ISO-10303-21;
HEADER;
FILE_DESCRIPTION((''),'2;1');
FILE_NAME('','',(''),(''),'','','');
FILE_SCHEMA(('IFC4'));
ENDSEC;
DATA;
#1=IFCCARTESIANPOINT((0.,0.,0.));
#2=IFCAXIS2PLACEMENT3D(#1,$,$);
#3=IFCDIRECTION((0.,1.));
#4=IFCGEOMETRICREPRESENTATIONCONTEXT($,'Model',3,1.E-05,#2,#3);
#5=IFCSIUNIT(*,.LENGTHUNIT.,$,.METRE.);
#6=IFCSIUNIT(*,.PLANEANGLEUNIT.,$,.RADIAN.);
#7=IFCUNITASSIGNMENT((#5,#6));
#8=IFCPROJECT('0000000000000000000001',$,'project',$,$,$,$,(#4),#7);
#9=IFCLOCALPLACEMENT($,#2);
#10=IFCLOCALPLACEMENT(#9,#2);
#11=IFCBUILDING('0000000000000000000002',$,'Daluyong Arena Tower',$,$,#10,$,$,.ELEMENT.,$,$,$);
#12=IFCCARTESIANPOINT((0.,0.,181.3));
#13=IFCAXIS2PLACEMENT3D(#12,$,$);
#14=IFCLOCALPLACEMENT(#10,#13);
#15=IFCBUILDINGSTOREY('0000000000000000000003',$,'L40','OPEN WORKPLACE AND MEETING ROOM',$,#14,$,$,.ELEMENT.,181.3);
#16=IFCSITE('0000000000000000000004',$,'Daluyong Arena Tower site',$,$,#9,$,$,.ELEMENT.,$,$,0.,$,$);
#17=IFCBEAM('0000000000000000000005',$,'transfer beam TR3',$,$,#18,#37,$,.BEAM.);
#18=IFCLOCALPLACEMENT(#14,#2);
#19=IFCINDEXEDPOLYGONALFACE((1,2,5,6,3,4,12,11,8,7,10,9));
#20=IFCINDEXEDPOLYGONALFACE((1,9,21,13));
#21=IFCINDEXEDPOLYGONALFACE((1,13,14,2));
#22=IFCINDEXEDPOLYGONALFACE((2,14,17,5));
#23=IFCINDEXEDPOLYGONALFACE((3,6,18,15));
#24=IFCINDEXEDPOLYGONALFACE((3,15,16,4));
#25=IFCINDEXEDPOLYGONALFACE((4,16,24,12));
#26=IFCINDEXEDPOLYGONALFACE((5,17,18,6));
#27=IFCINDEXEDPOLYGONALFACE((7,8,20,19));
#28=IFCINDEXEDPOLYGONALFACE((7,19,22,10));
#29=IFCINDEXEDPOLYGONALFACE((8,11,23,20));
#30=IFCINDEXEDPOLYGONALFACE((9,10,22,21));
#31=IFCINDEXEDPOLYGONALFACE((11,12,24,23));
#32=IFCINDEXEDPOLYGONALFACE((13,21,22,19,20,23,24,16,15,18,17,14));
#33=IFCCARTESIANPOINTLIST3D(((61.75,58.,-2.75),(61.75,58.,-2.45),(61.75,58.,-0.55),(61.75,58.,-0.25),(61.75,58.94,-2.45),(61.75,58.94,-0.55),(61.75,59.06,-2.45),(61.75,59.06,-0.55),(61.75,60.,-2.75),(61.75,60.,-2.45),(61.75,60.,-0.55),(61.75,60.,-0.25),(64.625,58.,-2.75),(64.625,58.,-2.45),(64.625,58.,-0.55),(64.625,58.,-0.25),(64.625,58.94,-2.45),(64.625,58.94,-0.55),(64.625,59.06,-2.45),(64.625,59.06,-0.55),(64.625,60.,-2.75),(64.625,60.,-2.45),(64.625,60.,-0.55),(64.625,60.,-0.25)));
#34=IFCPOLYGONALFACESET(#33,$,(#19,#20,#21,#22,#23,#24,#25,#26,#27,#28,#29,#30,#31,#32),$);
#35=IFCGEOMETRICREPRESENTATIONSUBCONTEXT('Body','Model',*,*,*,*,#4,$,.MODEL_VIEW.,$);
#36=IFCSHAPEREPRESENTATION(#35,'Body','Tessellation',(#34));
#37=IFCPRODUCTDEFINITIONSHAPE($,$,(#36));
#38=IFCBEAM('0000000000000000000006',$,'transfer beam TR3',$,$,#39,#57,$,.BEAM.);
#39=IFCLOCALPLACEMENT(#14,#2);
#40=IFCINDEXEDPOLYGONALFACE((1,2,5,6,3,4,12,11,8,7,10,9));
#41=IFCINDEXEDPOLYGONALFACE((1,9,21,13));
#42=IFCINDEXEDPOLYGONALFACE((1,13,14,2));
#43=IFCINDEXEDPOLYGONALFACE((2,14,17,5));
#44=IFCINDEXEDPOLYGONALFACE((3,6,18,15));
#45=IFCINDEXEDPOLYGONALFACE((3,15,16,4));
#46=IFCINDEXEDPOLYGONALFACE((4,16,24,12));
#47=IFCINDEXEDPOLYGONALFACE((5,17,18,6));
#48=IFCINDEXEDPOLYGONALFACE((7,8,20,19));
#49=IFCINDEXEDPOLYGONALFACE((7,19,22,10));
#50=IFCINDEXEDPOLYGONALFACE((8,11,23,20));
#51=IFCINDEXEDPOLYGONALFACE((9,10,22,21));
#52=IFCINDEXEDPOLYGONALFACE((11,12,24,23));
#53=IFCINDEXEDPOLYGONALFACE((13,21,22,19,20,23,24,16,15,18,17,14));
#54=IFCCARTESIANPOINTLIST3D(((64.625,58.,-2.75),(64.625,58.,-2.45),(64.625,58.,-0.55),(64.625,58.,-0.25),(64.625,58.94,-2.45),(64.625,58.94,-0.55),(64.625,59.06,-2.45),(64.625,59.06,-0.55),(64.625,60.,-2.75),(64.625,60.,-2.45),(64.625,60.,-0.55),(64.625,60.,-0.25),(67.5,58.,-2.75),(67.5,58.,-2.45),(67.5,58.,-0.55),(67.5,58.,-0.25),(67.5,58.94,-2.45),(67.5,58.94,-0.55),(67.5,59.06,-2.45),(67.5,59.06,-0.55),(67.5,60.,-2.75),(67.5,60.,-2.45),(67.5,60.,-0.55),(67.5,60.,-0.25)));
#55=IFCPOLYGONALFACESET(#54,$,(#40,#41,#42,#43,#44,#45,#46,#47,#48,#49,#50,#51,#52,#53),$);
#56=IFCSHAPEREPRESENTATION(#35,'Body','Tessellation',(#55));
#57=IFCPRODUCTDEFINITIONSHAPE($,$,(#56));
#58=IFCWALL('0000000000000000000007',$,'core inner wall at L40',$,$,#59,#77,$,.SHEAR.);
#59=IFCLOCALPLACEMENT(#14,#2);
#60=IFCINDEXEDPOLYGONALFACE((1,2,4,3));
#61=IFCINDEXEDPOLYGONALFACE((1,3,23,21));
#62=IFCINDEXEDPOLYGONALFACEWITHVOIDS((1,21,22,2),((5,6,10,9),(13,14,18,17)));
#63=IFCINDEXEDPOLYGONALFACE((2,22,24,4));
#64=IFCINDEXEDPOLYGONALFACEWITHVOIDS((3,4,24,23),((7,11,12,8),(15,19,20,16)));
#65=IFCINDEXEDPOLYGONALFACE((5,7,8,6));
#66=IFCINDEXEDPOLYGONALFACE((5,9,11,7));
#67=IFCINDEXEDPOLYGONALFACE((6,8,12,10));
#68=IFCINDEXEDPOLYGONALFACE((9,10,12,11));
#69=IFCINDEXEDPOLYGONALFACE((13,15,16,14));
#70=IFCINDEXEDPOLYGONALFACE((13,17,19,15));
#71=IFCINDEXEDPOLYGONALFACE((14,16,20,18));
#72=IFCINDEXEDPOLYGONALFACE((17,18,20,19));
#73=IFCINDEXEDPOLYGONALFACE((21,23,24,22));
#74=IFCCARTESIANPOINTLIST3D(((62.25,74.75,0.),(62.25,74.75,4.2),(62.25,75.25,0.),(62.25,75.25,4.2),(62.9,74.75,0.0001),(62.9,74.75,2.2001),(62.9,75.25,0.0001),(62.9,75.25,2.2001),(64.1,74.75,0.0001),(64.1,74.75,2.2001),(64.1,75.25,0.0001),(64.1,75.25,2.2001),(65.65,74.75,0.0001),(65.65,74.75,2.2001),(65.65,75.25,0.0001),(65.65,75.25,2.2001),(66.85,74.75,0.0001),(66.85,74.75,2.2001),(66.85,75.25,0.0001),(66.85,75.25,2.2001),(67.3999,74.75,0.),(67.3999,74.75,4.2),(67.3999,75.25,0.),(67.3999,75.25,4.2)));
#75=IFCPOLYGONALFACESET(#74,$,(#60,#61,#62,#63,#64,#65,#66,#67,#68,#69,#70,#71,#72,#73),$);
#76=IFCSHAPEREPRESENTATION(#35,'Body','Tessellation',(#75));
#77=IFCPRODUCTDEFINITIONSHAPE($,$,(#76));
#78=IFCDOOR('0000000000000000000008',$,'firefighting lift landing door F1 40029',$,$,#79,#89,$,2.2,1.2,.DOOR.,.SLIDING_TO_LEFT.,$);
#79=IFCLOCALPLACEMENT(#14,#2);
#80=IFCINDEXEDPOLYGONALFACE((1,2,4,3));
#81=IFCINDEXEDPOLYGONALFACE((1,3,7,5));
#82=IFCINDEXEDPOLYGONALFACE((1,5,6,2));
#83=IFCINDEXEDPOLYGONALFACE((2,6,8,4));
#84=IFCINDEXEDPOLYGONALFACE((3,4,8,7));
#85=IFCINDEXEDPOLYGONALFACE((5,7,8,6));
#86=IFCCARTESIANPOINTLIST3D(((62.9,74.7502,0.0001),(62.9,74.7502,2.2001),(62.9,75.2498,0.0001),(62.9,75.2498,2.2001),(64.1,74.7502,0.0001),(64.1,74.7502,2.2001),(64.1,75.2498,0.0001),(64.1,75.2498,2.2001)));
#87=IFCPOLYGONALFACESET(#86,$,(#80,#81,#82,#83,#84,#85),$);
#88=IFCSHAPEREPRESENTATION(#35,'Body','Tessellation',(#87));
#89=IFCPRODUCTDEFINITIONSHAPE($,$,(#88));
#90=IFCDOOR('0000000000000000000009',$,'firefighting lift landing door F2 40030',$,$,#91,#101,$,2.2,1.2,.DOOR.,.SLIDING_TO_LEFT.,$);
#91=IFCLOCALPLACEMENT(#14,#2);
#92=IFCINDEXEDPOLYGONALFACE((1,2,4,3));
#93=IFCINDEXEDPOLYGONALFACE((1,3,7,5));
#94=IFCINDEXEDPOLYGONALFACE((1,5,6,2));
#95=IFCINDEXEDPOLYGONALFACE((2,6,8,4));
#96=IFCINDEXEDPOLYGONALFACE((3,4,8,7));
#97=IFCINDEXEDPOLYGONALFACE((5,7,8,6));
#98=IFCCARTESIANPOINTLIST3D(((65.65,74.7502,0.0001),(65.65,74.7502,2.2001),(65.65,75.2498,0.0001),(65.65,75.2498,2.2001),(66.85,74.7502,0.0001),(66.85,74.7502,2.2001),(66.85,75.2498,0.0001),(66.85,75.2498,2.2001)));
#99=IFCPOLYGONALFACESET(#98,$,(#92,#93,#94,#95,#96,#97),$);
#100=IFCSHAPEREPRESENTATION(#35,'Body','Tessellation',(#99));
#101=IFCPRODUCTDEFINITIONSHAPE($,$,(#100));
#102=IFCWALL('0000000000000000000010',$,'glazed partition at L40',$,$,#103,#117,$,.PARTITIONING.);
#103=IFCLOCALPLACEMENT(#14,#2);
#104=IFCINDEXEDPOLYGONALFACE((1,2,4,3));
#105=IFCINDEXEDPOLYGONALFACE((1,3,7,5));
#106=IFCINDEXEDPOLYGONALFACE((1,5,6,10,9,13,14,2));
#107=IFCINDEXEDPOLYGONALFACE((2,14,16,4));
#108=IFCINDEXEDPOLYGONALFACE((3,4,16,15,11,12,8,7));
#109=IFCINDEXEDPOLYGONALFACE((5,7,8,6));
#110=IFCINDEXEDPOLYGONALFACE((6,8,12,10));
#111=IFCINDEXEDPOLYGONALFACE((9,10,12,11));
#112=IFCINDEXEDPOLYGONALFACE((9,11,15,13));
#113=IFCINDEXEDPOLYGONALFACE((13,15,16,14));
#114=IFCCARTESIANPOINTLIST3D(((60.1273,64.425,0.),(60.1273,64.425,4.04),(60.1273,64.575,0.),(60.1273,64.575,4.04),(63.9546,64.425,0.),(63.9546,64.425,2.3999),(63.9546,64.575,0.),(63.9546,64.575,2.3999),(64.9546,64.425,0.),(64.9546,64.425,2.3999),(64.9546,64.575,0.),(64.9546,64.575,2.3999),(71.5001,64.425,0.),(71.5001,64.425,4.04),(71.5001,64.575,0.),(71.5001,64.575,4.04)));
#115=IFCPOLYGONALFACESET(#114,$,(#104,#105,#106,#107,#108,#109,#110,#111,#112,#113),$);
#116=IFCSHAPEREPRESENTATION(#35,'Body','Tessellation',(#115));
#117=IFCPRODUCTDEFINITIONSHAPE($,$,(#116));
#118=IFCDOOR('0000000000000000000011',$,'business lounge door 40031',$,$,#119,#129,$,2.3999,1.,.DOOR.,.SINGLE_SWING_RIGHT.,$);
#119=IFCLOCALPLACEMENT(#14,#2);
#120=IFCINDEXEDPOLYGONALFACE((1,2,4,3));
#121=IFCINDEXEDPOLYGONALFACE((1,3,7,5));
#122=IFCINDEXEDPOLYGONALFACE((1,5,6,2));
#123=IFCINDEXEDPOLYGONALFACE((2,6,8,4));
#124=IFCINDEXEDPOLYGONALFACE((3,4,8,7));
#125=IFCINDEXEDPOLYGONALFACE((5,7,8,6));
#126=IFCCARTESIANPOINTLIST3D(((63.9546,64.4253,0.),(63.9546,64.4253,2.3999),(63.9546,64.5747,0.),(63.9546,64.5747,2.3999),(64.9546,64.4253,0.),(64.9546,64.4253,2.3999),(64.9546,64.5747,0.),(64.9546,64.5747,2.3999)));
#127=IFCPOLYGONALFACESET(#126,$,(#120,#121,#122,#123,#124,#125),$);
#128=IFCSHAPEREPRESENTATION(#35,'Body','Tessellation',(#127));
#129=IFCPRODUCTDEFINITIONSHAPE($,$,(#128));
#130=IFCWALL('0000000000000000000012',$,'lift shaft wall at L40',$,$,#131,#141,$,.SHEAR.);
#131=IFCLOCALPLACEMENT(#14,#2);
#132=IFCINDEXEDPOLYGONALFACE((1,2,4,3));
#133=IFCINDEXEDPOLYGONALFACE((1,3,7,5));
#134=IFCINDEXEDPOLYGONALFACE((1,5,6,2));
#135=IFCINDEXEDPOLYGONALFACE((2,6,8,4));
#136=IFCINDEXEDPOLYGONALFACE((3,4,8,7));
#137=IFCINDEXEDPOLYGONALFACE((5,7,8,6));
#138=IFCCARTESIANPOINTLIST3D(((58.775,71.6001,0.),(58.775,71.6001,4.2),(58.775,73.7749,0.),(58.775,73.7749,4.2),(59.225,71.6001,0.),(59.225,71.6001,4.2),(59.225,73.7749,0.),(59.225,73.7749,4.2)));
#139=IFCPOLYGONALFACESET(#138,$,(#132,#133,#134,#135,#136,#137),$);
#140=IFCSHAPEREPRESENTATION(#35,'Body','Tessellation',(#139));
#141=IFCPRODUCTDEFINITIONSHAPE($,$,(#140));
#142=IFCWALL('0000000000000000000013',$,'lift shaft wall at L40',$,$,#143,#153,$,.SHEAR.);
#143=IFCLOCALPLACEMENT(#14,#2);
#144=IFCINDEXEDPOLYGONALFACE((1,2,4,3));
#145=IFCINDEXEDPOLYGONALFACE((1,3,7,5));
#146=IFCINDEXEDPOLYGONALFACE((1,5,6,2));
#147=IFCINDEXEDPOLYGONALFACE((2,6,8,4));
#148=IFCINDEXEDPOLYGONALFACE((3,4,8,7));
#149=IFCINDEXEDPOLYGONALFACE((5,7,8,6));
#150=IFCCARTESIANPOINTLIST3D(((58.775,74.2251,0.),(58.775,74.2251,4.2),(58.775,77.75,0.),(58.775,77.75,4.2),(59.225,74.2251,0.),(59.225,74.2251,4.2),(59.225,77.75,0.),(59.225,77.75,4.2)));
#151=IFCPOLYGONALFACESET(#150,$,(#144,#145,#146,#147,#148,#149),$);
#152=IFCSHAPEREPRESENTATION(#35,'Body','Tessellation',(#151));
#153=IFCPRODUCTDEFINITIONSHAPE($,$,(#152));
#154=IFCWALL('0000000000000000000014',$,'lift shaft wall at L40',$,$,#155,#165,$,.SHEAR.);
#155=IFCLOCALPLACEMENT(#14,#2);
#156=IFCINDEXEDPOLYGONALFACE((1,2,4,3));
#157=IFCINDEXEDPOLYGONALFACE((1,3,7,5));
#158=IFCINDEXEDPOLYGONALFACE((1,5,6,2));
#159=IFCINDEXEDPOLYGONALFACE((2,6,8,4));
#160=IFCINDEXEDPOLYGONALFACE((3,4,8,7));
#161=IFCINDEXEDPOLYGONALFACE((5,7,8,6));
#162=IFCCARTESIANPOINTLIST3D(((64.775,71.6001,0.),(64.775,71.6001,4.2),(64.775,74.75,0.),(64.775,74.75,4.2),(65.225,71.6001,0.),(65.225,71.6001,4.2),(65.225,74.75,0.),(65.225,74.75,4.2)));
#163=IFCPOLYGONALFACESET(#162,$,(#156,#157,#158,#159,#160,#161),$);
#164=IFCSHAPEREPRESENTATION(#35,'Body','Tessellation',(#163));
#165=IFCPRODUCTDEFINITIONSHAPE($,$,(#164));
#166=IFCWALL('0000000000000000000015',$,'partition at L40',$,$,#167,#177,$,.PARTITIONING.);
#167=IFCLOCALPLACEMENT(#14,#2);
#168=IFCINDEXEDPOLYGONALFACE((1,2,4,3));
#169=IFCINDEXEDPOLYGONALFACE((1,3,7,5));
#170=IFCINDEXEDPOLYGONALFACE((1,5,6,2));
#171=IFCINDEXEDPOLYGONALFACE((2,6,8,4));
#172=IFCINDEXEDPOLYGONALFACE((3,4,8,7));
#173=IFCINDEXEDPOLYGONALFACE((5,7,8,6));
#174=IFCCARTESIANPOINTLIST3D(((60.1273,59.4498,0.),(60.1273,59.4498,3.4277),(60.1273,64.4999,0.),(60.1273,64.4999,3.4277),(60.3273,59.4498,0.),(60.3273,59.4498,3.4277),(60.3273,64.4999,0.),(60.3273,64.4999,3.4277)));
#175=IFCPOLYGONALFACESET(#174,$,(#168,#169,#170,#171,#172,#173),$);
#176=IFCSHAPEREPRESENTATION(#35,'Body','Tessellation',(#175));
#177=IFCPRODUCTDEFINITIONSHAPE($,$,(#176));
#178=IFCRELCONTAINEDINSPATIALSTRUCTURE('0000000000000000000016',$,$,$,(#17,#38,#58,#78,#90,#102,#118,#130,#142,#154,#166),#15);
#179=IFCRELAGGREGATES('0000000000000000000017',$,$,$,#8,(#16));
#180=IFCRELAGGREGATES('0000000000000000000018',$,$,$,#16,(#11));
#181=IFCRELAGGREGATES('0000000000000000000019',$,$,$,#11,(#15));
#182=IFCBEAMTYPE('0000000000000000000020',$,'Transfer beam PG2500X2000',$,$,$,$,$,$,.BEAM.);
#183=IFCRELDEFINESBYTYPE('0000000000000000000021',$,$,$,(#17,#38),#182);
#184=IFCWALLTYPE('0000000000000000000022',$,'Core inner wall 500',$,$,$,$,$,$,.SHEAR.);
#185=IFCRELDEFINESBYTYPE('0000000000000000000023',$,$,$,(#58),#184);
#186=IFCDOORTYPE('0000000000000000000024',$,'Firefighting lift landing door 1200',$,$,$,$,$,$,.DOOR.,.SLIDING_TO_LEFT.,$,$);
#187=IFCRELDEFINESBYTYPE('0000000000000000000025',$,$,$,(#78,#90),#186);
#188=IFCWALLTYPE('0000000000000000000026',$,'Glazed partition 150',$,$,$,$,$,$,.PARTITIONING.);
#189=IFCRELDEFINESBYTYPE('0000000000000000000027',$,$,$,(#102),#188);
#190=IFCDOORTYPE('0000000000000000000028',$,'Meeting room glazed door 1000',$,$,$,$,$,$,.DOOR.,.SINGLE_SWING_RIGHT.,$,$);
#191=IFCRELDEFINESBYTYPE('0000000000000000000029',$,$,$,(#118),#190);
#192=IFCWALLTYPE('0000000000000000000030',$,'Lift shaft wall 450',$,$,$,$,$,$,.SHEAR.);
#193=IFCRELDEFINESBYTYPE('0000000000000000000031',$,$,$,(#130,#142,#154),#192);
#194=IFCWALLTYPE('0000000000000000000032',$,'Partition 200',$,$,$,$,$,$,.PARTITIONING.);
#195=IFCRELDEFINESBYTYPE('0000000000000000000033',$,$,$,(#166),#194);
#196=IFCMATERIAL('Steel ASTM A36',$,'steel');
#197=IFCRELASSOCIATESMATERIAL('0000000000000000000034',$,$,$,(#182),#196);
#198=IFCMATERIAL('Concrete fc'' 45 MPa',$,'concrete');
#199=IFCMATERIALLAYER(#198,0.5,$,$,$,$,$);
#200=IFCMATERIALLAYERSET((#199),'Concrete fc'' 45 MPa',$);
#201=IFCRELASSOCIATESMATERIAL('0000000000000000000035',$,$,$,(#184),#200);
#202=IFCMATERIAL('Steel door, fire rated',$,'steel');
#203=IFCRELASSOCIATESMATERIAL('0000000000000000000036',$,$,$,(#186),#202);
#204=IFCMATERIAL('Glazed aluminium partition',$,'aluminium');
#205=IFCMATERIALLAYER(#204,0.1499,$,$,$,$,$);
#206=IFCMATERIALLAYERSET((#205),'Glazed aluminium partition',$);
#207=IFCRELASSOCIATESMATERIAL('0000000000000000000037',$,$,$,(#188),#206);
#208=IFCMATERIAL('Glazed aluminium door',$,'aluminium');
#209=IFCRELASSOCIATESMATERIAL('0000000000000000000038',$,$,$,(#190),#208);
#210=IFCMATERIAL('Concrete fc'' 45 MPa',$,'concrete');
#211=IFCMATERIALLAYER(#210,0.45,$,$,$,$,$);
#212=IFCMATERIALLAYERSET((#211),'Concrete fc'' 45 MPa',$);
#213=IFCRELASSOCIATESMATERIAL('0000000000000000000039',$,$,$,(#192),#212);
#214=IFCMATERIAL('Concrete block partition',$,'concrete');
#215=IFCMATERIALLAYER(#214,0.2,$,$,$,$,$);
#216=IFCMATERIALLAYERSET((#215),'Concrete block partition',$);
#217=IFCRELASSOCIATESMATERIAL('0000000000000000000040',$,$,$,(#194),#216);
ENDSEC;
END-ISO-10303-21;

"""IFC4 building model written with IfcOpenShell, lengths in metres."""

from ifc_helpers import new_model, si_unit, direction, frame, frame_2d, origin, origin_2d, place, context, subcontext, project, spatial, rectangle, i_section, extrude, material, layer, layer_set, material_profile, profile_set, type_object, element, fill, save


model = new_model("IFC4")

# Units and contexts
model_context = context("Model", 3, precision=1e-05, world=origin(), true_north=direction((0.0, 1.0)))
body_context = subcontext(model_context, "Body", "Model", "MODEL_VIEW")
ifc_project = project(units=[si_unit("LENGTHUNIT", "METRE"), si_unit("PLANEANGLEUNIT", "RADIAN")], contexts=[model_context])

# Site, building, storey
site_placement = place(None, origin())
site = spatial("IfcSite", under=ifc_project, at=site_placement, Name="Daluyong Arena Tower site", CompositionType="ELEMENT", RefElevation=0.0)
building_placement = place(site_placement, origin())
building = spatial("IfcBuilding", under=site, at=building_placement, Name="Daluyong Arena Tower", CompositionType="ELEMENT")
storey_placement = place(building_placement, frame((0.0, 0.0, 181.3)))
storey = spatial("IfcBuildingStorey", under=building, at=storey_placement, Name="L40", Description="OPEN WORKPLACE AND MEETING ROOM", CompositionType="ELEMENT", Elevation=181.3)

# Beams
ifc_material_1 = material(Name="Steel ASTM A36", Category="steel")
ifc_material_profile_1 = material_profile(ifc_material_1, i_section(OverallWidth=2.0, OverallDepth=2.5, WebThickness=0.12, FlangeThickness=0.3, at=origin_2d()))
ifc_profile_set_1 = profile_set([ifc_material_profile_1], Name="Steel ASTM A36")
beam_type_1 = type_object("IfcBeamType", Name="Transfer beam PG2500X2000", PredefinedType="BEAM", material=ifc_profile_set_1)
for number, where, z_axis, x_axis, name in (
    (1, (61.75, 59.0, -1.5), (1.0, 0.0, 0.0), (0.0, 1.0, 0.0), "transfer beam TR3"),
    (2, (64.625, 59.0, -1.5), (1.0, 0.0, 0.0), (0.0, 1.0, 0.0), "transfer beam TR3"),
):
    element("IfcBeam", number, at=place(storey_placement, frame(where, z_axis=z_axis, x_axis=x_axis)), inside=storey, type_object=beam_type_1, Name=name, PredefinedType="BEAM", context=body_context, shape_type="SweptSolid", body=[
        extrude(i_section(OverallWidth=2.0, OverallDepth=2.5, WebThickness=0.12, FlangeThickness=0.3, at=origin_2d()), origin(), (0.0, 0.0, 1.0), 2.875),
    ])

# Shared definitions
ifc_material_2 = material(Name="Concrete fc' 45 MPa", Category="concrete")
ifc_layer_1 = layer(ifc_material_2, 0.5)
ifc_layer_set_1 = layer_set([ifc_layer_1], Name="Concrete fc' 45 MPa")
wall_type_1 = type_object("IfcWallType", Name="Core inner wall 500", PredefinedType="SHEAR", material=ifc_layer_set_1)

# Wall, openings, doors
wall_1_placement = place(storey_placement, frame((62.25, 75.0, 0.0), z_axis=(0.0, 0.0, 1.0), x_axis=(1.0, 0.0, 0.0)))
wall_1 = element("IfcWall", 3, at=wall_1_placement, inside=storey, type_object=wall_type_1, Name="core inner wall at L40", PredefinedType="SHEAR", context=body_context, shape_type="SweptSolid", body=[
    extrude(rectangle(XDim=5.1499, YDim=0.5, at=frame_2d((2.575, 0.0))), origin(), (0.0, 0.0, 1.0), 4.2),
])
opening_1_placement = place(wall_1_placement, frame((0.6499, 0.0, 0.0)))
opening_1 = element("IfcOpeningElement", 4, at=opening_1_placement, cuts=wall_1, PredefinedType="OPENING", context=body_context, shape_type="SweptSolid", body=[
    extrude(rectangle(XDim=1.2, YDim=2.2, at=frame_2d((0.6001, 1.1001))), frame((0.0, 0.26, 0.0), z_axis=(0.0, -1.0, 0.0), x_axis=(1.0, 0.0, 0.0)), (0.0, 0.0, 1.0), 0.52),
])
opening_2_placement = place(wall_1_placement, frame((3.3999, 0.0, 0.0)))
opening_2 = element("IfcOpeningElement", 5, at=opening_2_placement, cuts=wall_1, PredefinedType="OPENING", context=body_context, shape_type="SweptSolid", body=[
    extrude(rectangle(XDim=1.2, YDim=2.2, at=frame_2d((0.6001, 1.1001))), frame((0.0, 0.26, 0.0), z_axis=(0.0, -1.0, 0.0), x_axis=(1.0, 0.0, 0.0)), (0.0, 0.0, 1.0), 0.52),
])
ifc_material_3 = material(Name="Steel door, fire rated", Category="steel")
door_type_1 = type_object("IfcDoorType", Name="Firefighting lift landing door 1200", OperationType="SLIDING_TO_LEFT", PredefinedType="DOOR", material=ifc_material_3)
door_1_placement = place(opening_1_placement, origin())
door_1 = element("IfcDoor", 6, at=door_1_placement, inside=storey, type_object=door_type_1, Name="firefighting lift landing door F1 40029", OperationType="SLIDING_TO_LEFT", OverallHeight=2.2, OverallWidth=1.2, PredefinedType="DOOR", context=body_context, shape_type="SweptSolid", body=[
    extrude(rectangle(XDim=1.2, YDim=2.2, at=frame_2d((0.6001, 1.1001))), frame((0.0, 0.2498, 0.0), z_axis=(0.0, -1.0, 0.0), x_axis=(1.0, 0.0, 0.0)), (0.0, 0.0, 1.0), 0.4995),
])
fill(opening_1, door_1)
door_2_placement = place(opening_2_placement, origin())
door_2 = element("IfcDoor", 7, at=door_2_placement, inside=storey, type_object=door_type_1, Name="firefighting lift landing door F2 40030", OperationType="SLIDING_TO_LEFT", OverallHeight=2.2, OverallWidth=1.2, PredefinedType="DOOR", context=body_context, shape_type="SweptSolid", body=[
    extrude(rectangle(XDim=1.2, YDim=2.2, at=frame_2d((0.6001, 1.1001))), frame((0.0, 0.2498, 0.0), z_axis=(0.0, -1.0, 0.0), x_axis=(1.0, 0.0, 0.0)), (0.0, 0.0, 1.0), 0.4995),
])
fill(opening_2, door_2)

# Wall, opening, door
ifc_material_4 = material(Name="Glazed aluminium partition", Category="aluminium")
ifc_layer_2 = layer(ifc_material_4, 0.1499)
ifc_layer_set_2 = layer_set([ifc_layer_2], Name="Glazed aluminium partition")
wall_type_2 = type_object("IfcWallType", Name="Glazed partition 150", PredefinedType="PARTITIONING", material=ifc_layer_set_2)
wall_2_placement = place(storey_placement, frame((60.1272, 64.5, 0.0), z_axis=(0.0, 0.0, 1.0), x_axis=(1.0, 0.0, 0.0)))
wall_2 = element("IfcWall", 8, at=wall_2_placement, inside=storey, type_object=wall_type_2, Name="glazed partition at L40", PredefinedType="PARTITIONING", context=body_context, shape_type="SweptSolid", body=[
    extrude(rectangle(XDim=11.3728, YDim=0.1499, at=frame_2d((5.6865, 0.0))), origin(), (0.0, 0.0, 1.0), 4.04),
])
opening_3_placement = place(wall_2_placement, frame((3.8274, 0.0, 0.0)))
opening_3 = element("IfcOpeningElement", 9, at=opening_3_placement, cuts=wall_2, PredefinedType="OPENING", context=body_context, shape_type="SweptSolid", body=[
    extrude(rectangle(XDim=1.0, YDim=2.3999, at=frame_2d((0.5, 1.2))), frame((0.0, 0.085, 0.0), z_axis=(0.0, -1.0, 0.0), x_axis=(1.0, 0.0, 0.0)), (0.0, 0.0, 1.0), 0.1699),
])
ifc_material_5 = material(Name="Glazed aluminium door", Category="aluminium")
door_type_2 = type_object("IfcDoorType", Name="Meeting room glazed door 1000", OperationType="SINGLE_SWING_RIGHT", PredefinedType="DOOR", material=ifc_material_5)
door_3_placement = place(opening_3_placement, origin())
door_3 = element("IfcDoor", 10, at=door_3_placement, inside=storey, type_object=door_type_2, Name="business lounge door 40031", OperationType="SINGLE_SWING_RIGHT", OverallHeight=2.3999, OverallWidth=1.0, PredefinedType="DOOR", context=body_context, shape_type="SweptSolid", body=[
    extrude(rectangle(XDim=1.0, YDim=2.3999, at=frame_2d((0.5, 1.2))), frame((0.0, 0.0747, 0.0), z_axis=(0.0, -1.0, 0.0), x_axis=(1.0, 0.0, 0.0)), (0.0, 0.0, 1.0), 0.1494),
])
fill(opening_3, door_3)

# Walls
ifc_material_6 = material(Name="Concrete fc' 45 MPa", Category="concrete")
ifc_layer_3 = layer(ifc_material_6, 0.45)
ifc_layer_set_3 = layer_set([ifc_layer_3], Name="Concrete fc' 45 MPa")
wall_type_3 = type_object("IfcWallType", Name="Lift shaft wall 450", PredefinedType="SHEAR", material=ifc_layer_set_3)
wall_3_placement = place(storey_placement, frame((59.0, 71.6001, 0.0), z_axis=(0.0, 0.0, 1.0), x_axis=(0.0, 1.0, 0.0)))
element("IfcWall", 11, at=wall_3_placement, inside=storey, type_object=wall_type_3, Name="lift shaft wall at L40", PredefinedType="SHEAR", context=body_context, shape_type="SweptSolid", body=[
    extrude(rectangle(XDim=2.1748, YDim=0.45, at=frame_2d((1.0874, 0.0))), origin(), (0.0, 0.0, 1.0), 4.2),
])
wall_4_placement = place(storey_placement, frame((59.0, 74.2251, 0.0), z_axis=(0.0, 0.0, 1.0), x_axis=(0.0, 1.0, 0.0)))
element("IfcWall", 12, at=wall_4_placement, inside=storey, type_object=wall_type_3, Name="lift shaft wall at L40", PredefinedType="SHEAR", context=body_context, shape_type="SweptSolid", body=[
    extrude(rectangle(XDim=3.5249, YDim=0.45, at=frame_2d((1.7625, 0.0))), origin(), (0.0, 0.0, 1.0), 4.2),
])
wall_5_placement = place(storey_placement, frame((65.0, 71.6001, 0.0), z_axis=(0.0, 0.0, 1.0), x_axis=(0.0, 1.0, 0.0)))
element("IfcWall", 13, at=wall_5_placement, inside=storey, type_object=wall_type_3, Name="lift shaft wall at L40", PredefinedType="SHEAR", context=body_context, shape_type="SweptSolid", body=[
    extrude(rectangle(XDim=3.1499, YDim=0.45, at=frame_2d((1.575, 0.0))), origin(), (0.0, 0.0, 1.0), 4.2),
])
ifc_material_7 = material(Name="Concrete block partition", Category="concrete")
ifc_layer_4 = layer(ifc_material_7, 0.2)
ifc_layer_set_4 = layer_set([ifc_layer_4], Name="Concrete block partition")
wall_type_4 = type_object("IfcWallType", Name="Partition 200", PredefinedType="PARTITIONING", material=ifc_layer_set_4)
wall_6_placement = place(storey_placement, frame((60.2273, 59.45, 0.0), z_axis=(0.0, 0.0, 1.0), x_axis=(0.0, 1.0, 0.0)))
element("IfcWall", 14, at=wall_6_placement, inside=storey, type_object=wall_type_4, Name="partition at L40", PredefinedType="PARTITIONING", context=body_context, shape_type="SweptSolid", body=[
    extrude(rectangle(XDim=5.05, YDim=0.2, at=frame_2d((2.5249, 0.0))), origin(), (0.0, 0.0, 1.0), 3.4277),
])

save(model, "model.ifc")
